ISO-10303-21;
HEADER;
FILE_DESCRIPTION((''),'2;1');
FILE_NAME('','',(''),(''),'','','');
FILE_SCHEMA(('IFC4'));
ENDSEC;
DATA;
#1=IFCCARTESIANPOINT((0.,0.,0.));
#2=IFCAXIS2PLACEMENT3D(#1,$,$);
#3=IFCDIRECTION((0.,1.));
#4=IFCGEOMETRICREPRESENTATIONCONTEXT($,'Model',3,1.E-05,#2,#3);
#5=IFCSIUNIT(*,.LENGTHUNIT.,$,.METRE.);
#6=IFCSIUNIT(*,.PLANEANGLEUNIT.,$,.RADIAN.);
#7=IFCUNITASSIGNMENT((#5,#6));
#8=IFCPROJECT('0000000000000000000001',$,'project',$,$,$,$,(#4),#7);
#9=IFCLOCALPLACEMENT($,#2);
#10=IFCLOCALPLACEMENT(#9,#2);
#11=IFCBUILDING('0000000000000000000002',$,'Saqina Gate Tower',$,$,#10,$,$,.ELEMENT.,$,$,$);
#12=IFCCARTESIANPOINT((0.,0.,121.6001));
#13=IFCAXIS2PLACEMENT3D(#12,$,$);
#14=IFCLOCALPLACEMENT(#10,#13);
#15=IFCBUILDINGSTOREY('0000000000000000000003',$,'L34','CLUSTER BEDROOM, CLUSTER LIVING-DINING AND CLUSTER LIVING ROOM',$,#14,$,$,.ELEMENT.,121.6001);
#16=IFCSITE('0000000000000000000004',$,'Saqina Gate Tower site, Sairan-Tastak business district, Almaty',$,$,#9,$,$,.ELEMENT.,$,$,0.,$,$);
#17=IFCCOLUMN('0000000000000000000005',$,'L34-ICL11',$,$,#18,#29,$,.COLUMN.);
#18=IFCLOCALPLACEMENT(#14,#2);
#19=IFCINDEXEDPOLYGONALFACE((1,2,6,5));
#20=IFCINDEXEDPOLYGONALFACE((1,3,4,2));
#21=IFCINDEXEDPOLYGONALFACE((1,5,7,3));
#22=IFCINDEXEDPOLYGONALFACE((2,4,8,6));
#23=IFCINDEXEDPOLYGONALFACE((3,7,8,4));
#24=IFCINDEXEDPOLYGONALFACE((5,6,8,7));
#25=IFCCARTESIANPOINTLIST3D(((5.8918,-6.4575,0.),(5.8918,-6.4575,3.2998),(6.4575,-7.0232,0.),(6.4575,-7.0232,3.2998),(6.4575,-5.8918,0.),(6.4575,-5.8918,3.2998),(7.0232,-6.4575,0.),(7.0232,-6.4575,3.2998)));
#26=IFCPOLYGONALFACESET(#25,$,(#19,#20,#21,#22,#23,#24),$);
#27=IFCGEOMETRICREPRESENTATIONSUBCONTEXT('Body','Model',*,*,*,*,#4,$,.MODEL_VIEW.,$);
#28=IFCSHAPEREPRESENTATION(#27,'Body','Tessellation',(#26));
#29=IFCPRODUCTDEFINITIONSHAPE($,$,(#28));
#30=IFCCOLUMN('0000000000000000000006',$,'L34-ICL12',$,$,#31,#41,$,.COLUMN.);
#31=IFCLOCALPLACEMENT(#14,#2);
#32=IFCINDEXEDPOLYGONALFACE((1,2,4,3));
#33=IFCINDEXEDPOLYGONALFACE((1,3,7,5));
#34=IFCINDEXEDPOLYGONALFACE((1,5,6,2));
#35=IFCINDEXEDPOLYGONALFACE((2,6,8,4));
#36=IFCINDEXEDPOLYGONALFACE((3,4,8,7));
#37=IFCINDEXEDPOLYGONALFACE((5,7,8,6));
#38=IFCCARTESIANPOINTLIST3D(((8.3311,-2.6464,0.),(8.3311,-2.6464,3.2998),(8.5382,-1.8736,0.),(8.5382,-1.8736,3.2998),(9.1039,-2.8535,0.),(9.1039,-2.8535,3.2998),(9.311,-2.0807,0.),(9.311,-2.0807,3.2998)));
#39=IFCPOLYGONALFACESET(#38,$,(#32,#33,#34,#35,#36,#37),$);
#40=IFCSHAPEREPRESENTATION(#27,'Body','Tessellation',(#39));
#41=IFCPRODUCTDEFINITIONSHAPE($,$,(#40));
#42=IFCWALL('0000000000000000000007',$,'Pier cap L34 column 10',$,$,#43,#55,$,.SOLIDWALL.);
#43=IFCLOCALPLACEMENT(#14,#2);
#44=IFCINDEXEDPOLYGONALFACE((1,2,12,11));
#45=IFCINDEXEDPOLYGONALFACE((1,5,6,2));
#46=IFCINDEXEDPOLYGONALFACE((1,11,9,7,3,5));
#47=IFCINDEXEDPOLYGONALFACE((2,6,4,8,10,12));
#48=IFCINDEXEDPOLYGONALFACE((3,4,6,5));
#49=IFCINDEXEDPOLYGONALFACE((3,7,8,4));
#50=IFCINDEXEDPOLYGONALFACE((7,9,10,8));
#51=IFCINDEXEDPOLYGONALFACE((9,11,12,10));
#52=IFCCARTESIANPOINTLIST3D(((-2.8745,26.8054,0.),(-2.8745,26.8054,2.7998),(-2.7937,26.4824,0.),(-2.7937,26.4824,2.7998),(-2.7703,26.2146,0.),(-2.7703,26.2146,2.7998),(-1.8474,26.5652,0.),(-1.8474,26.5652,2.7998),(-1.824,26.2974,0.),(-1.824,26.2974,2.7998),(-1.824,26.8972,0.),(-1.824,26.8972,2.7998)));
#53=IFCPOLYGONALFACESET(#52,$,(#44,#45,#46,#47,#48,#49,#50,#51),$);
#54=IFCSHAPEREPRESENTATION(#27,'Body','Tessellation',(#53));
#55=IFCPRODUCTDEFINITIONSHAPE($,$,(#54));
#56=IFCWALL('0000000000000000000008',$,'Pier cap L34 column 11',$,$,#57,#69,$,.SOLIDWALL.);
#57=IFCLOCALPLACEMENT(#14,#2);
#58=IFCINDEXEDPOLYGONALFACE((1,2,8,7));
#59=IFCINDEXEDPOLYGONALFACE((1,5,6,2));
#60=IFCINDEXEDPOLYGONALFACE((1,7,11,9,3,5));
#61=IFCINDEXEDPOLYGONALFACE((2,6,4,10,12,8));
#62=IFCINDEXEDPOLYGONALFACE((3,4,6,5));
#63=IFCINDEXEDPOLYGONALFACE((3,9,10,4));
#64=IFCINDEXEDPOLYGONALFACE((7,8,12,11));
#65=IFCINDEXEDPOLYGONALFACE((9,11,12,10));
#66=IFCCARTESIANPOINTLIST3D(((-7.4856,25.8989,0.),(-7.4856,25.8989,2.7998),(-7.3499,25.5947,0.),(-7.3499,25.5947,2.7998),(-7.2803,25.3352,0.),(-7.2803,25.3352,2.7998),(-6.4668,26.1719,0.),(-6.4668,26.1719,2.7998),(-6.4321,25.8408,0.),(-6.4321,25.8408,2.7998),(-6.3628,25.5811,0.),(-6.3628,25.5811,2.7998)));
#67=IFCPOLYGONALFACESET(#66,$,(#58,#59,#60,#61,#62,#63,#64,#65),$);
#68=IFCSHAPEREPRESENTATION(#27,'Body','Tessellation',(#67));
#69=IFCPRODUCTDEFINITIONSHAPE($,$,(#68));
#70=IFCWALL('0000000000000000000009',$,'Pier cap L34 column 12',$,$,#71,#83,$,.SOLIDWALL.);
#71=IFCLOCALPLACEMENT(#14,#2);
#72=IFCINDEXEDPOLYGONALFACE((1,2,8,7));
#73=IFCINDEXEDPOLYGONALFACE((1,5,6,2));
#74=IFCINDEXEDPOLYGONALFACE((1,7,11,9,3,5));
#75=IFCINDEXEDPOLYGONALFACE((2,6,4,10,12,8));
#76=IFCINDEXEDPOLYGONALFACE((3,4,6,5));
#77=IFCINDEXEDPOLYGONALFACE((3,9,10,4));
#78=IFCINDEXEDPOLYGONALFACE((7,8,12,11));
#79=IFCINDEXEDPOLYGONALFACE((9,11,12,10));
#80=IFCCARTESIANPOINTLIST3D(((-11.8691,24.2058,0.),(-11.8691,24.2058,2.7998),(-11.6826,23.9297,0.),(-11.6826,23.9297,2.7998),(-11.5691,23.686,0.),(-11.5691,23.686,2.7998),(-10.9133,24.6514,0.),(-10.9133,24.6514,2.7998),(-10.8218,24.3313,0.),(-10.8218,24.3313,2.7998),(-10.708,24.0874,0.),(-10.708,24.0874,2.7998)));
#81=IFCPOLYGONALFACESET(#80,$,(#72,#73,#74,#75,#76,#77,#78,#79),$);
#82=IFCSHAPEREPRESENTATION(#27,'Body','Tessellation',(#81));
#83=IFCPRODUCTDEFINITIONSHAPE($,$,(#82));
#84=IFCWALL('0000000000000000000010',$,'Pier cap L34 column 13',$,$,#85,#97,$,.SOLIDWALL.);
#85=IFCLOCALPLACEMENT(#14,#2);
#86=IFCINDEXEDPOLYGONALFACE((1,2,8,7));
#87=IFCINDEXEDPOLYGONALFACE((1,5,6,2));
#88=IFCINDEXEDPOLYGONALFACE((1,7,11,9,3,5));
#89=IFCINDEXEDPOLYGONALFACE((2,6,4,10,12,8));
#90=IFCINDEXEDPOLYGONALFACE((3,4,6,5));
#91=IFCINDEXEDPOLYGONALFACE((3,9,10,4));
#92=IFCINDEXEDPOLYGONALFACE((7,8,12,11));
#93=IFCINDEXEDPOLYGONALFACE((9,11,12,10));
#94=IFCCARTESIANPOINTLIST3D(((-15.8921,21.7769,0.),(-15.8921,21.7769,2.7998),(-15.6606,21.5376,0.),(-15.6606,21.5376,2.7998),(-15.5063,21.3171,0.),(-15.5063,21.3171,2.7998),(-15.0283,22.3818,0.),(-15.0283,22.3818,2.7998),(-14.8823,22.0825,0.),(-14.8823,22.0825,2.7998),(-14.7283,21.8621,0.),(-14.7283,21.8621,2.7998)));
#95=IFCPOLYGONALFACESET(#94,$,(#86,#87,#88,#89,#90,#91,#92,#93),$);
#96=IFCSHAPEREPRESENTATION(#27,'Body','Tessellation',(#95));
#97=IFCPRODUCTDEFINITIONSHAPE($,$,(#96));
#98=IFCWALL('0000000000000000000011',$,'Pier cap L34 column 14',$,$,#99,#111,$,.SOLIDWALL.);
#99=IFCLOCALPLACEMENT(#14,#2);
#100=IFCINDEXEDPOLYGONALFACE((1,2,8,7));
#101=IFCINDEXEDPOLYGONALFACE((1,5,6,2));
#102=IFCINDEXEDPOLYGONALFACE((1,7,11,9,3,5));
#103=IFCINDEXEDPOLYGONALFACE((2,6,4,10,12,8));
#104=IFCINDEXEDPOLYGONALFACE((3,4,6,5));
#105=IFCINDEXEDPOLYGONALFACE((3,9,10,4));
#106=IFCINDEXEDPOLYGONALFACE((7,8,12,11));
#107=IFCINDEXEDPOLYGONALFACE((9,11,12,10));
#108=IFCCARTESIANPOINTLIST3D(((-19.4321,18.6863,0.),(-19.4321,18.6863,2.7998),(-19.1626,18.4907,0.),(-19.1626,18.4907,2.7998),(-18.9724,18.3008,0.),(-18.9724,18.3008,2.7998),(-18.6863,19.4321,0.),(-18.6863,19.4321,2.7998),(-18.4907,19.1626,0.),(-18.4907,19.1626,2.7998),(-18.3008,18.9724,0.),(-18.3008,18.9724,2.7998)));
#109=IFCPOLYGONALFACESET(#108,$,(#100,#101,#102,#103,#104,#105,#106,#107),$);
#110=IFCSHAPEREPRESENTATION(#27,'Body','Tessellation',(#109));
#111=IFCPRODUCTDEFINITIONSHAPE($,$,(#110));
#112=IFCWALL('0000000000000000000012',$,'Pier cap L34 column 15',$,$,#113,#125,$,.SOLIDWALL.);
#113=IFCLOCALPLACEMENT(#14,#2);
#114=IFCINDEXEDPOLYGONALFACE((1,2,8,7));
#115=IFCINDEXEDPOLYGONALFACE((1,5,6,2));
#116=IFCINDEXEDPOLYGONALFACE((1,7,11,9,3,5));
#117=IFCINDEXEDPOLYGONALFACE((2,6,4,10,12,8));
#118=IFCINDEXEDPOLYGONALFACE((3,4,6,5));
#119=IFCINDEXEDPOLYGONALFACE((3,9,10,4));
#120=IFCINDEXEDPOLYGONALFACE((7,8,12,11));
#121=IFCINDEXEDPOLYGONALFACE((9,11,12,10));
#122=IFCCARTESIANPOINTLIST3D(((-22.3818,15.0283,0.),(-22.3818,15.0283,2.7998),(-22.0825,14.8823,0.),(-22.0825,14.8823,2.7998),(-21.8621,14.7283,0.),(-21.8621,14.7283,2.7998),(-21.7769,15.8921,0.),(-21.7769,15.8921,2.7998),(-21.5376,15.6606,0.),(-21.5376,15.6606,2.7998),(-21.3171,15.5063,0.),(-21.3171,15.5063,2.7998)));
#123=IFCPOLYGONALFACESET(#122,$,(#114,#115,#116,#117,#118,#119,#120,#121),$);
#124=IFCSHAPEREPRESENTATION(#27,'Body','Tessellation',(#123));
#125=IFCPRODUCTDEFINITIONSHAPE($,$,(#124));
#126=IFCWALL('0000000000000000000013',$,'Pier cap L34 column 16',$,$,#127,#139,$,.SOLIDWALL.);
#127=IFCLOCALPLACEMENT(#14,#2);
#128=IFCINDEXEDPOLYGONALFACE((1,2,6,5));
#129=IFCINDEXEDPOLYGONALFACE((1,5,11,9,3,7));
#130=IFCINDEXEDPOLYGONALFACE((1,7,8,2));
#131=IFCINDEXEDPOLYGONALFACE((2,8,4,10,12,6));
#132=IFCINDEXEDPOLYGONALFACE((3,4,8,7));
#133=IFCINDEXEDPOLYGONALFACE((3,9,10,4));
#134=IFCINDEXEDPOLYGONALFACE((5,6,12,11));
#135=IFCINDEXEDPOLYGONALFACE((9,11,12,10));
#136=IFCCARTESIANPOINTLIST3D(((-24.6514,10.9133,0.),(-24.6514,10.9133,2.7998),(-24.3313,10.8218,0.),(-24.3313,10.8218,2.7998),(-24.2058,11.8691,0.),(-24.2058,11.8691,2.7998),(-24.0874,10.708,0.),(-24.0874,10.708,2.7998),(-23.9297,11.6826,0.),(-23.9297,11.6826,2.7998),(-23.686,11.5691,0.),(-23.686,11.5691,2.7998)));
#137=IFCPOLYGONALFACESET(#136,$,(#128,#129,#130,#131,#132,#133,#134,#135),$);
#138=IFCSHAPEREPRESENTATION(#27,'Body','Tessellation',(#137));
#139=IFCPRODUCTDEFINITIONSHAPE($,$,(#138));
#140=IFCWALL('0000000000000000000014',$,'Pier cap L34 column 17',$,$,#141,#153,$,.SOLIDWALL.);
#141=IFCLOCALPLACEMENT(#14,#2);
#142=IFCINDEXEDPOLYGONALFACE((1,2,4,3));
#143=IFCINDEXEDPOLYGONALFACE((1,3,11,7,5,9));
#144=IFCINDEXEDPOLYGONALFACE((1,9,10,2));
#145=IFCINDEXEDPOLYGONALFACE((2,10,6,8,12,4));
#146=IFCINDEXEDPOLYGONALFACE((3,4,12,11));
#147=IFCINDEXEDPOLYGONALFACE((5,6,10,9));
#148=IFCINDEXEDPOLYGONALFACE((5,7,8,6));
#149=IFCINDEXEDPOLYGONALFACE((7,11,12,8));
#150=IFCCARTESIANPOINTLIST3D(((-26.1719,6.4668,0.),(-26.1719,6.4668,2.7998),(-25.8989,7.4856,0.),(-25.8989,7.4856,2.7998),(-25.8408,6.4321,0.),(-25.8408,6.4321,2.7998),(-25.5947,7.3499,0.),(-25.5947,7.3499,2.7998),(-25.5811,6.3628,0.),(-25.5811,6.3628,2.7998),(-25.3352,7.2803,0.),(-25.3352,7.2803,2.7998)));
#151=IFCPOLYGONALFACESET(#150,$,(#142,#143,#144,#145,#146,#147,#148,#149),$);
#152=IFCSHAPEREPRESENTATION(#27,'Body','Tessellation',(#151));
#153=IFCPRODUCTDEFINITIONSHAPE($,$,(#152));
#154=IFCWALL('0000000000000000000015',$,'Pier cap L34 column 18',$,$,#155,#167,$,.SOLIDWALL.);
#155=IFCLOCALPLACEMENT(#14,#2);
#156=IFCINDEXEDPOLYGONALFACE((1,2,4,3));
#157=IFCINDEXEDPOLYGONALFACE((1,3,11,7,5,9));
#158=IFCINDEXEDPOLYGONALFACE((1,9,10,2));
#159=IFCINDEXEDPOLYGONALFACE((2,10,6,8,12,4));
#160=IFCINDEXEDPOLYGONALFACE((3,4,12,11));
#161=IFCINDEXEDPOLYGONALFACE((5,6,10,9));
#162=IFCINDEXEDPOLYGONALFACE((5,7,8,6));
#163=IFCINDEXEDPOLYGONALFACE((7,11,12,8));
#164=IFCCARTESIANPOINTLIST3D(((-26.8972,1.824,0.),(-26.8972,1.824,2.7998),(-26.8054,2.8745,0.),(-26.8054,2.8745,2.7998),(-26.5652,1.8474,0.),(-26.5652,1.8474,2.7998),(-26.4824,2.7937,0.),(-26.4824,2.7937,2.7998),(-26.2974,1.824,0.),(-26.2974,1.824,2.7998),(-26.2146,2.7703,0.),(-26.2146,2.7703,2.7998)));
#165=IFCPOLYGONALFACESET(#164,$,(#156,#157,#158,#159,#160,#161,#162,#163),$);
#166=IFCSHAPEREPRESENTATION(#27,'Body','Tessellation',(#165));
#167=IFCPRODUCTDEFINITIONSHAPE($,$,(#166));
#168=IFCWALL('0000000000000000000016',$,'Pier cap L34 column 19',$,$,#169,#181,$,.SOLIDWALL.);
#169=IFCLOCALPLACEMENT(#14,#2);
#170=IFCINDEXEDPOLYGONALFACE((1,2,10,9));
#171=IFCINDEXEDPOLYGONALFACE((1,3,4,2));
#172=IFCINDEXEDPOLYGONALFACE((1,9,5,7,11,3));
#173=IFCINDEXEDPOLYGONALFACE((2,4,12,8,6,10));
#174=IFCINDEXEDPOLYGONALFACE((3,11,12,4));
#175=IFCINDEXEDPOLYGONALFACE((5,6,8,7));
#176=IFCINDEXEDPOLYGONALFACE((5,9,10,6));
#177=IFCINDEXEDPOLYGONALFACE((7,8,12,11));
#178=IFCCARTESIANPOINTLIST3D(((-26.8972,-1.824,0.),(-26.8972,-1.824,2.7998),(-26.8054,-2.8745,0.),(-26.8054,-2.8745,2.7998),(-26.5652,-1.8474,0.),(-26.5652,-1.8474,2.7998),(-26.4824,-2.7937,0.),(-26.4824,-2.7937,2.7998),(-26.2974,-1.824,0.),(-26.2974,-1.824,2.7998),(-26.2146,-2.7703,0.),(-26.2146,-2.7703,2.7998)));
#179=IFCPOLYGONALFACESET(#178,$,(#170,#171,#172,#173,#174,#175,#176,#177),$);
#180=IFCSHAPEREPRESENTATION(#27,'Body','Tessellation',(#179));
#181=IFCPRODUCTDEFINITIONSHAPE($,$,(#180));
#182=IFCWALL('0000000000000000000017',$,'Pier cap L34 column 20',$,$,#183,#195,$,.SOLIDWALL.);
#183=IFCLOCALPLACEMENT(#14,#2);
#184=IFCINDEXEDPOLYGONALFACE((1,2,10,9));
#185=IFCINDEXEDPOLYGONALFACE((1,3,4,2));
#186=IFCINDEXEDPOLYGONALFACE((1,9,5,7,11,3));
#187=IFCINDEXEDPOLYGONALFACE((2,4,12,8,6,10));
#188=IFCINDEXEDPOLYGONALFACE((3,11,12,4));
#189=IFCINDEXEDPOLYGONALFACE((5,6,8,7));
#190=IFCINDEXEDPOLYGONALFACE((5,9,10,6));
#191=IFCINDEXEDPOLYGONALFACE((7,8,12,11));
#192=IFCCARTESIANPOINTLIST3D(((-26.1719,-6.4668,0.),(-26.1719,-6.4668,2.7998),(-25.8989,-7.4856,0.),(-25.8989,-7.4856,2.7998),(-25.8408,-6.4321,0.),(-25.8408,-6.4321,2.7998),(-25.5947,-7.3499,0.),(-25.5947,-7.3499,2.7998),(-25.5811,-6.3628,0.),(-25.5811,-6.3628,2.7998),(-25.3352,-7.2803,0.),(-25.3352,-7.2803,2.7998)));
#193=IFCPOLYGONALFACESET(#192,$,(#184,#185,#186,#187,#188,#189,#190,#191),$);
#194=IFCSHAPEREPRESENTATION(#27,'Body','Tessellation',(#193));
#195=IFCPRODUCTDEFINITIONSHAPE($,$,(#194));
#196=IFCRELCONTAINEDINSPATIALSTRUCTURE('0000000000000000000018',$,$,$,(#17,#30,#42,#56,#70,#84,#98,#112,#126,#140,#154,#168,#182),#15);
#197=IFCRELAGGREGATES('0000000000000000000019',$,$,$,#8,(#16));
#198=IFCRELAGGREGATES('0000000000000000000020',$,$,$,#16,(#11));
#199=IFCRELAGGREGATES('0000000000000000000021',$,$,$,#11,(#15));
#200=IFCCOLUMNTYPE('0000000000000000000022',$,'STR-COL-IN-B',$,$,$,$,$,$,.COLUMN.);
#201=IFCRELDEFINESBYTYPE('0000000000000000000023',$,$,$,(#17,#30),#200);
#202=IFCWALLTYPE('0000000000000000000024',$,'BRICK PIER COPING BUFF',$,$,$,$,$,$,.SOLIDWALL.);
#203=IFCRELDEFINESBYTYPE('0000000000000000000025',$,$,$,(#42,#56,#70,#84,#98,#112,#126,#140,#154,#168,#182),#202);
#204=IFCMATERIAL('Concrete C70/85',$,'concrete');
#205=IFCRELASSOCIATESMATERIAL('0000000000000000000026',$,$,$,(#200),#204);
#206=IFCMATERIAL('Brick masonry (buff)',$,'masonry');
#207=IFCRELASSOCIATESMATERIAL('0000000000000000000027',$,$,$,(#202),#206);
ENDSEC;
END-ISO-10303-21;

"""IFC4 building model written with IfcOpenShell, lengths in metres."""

from ifc_helpers import new_model, si_unit, direction, frame, origin, origin_2d, place, context, subcontext, project, spatial, polyline, rectangle, outline, extrude, material, material_profile, profile_set, type_object, element, save


model = new_model("IFC4")

# Units and contexts
model_context = context("Model", 3, precision=1e-05, world=origin(), true_north=direction((0.0, 1.0)))
body_context = subcontext(model_context, "Body", "Model", "MODEL_VIEW")
ifc_project = project(units=[si_unit("LENGTHUNIT", "METRE"), si_unit("PLANEANGLEUNIT", "RADIAN")], contexts=[model_context])

# Site, building, storey
site_placement = place(None, origin())
site = spatial("IfcSite", under=ifc_project, at=site_placement, Name="Saqina Gate Tower site, Sairan-Tastak business district, Almaty", CompositionType="ELEMENT", RefElevation=0.0)
building_placement = place(site_placement, origin())
building = spatial("IfcBuilding", under=site, at=building_placement, Name="Saqina Gate Tower", CompositionType="ELEMENT")
storey_placement = place(building_placement, frame((0.0, 0.0, 121.6001)))
storey = spatial("IfcBuildingStorey", under=building, at=storey_placement, Name="L34", Description="CLUSTER BEDROOM, CLUSTER LIVING-DINING AND CLUSTER LIVING ROOM", CompositionType="ELEMENT", Elevation=121.6001)

# Columns
ifc_material_1 = material(Name="Concrete C70/85", Category="concrete")
ifc_material_profile = material_profile(ifc_material_1, rectangle(XDim=0.8, YDim=0.8, at=origin_2d()), Name="RC 800x800")
ifc_profile_set = profile_set([ifc_material_profile], Name="Concrete C70/85")
column_type = type_object("IfcColumnType", Name="STR-COL-IN-B", PredefinedType="COLUMN", material=ifc_profile_set)
for number, where, z_axis, x_axis, name in (
    (1, (6.4575, -6.4575, 0.0), (0.0, 0.0, 1.0), (0.707107, -0.707107, 0.0), "L34-ICL11"),
    (2, (8.821, -2.3635, 0.0), (0.0, 0.0, 1.0), (0.965926, -0.258819, 0.0), "L34-ICL12"),
):
    element("IfcColumn", number, at=place(storey_placement, frame(where, z_axis=z_axis, x_axis=x_axis)), inside=storey, type_object=column_type, Name=name, PredefinedType="COLUMN", context=body_context, shape_type="SweptSolid", body=[
        extrude(rectangle(XDim=0.8, YDim=0.8, at=origin_2d()), origin(), (0.0, 0.0, 1.0), 3.2998),
    ])

# Walls
ifc_material_2 = material(Name="Brick masonry (buff)", Category="masonry")
wall_type_1 = type_object("IfcWallType", Name="BRICK PIER COPING BUFF", PredefinedType="SOLIDWALL", material=ifc_material_2)
wall_1_placement = place(storey_placement, origin())
element("IfcWall", 3, at=wall_1_placement, inside=storey, type_object=wall_type_1, Name="Pier cap L34 column 10", PredefinedType="SOLIDWALL", context=body_context, shape_type="SweptSolid", body=[
    extrude(outline(polyline([(-2.8745, 26.8054), (-2.7703, 26.2146), (-2.7937, 26.4824), (-1.8474, 26.5652), (-1.824, 26.2974), (-1.824, 26.8972), (-2.8745, 26.8054)])), origin(), (0.0, 0.0, 1.0), 2.7998),
])
wall_2_placement = place(storey_placement, origin())
element("IfcWall", 4, at=wall_2_placement, inside=storey, type_object=wall_type_1, Name="Pier cap L34 column 11", PredefinedType="SOLIDWALL", context=body_context, shape_type="SweptSolid", body=[
    extrude(outline(polyline([(-6.4668, 26.1719), (-7.4856, 25.8989), (-7.2803, 25.3352), (-7.3499, 25.5947), (-6.4321, 25.8408), (-6.3628, 25.5811), (-6.4668, 26.1719)])), origin(), (0.0, 0.0, 1.0), 2.7998),
])
wall_3_placement = place(storey_placement, origin())
element("IfcWall", 5, at=wall_3_placement, inside=storey, type_object=wall_type_1, Name="Pier cap L34 column 12", PredefinedType="SOLIDWALL", context=body_context, shape_type="SweptSolid", body=[
    extrude(outline(polyline([(-10.9133, 24.6514), (-11.8691, 24.2058), (-11.5691, 23.686), (-11.6826, 23.9297), (-10.8218, 24.3313), (-10.708, 24.0874), (-10.9133, 24.6514)])), origin(), (0.0, 0.0, 1.0), 2.7998),
])
wall_4_placement = place(storey_placement, origin())
element("IfcWall", 6, at=wall_4_placement, inside=storey, type_object=wall_type_1, Name="Pier cap L34 column 13", PredefinedType="SOLIDWALL", context=body_context, shape_type="SweptSolid", body=[
    extrude(outline(polyline([(-15.8921, 21.7769), (-15.5063, 21.3171), (-15.6606, 21.5376), (-14.8823, 22.0825), (-14.7283, 21.8621), (-15.0283, 22.3818), (-15.8921, 21.7769)])), origin(), (0.0, 0.0, 1.0), 2.7998),
])
wall_5_placement = place(storey_placement, origin())
element("IfcWall", 7, at=wall_5_placement, inside=storey, type_object=wall_type_1, Name="Pier cap L34 column 14", PredefinedType="SOLIDWALL", context=body_context, shape_type="SweptSolid", body=[
    extrude(outline(polyline([(-18.6863, 19.4321), (-19.4321, 18.6863), (-18.9724, 18.3008), (-19.1626, 18.4907), (-18.4907, 19.1626), (-18.3008, 18.9724), (-18.6863, 19.4321)])), origin(), (0.0, 0.0, 1.0), 2.7998),
])
wall_6_placement = place(storey_placement, origin())
element("IfcWall", 8, at=wall_6_placement, inside=storey, type_object=wall_type_1, Name="Pier cap L34 column 15", PredefinedType="SOLIDWALL", context=body_context, shape_type="SweptSolid", body=[
    extrude(outline(polyline([(-22.3818, 15.0283), (-21.8621, 14.7283), (-22.0825, 14.8823), (-21.5376, 15.6606), (-21.3171, 15.5063), (-21.7769, 15.8921), (-22.3818, 15.0283)])), origin(), (0.0, 0.0, 1.0), 2.7998),
])
wall_7_placement = place(storey_placement, origin())
element("IfcWall", 9, at=wall_7_placement, inside=storey, type_object=wall_type_1, Name="Pier cap L34 column 16", PredefinedType="SOLIDWALL", context=body_context, shape_type="SweptSolid", body=[
    extrude(outline(polyline([(-24.6514, 10.9133), (-24.0874, 10.708), (-24.3313, 10.8218), (-23.9297, 11.6826), (-23.686, 11.5691), (-24.2058, 11.8691), (-24.6514, 10.9133)])), origin(), (0.0, 0.0, 1.0), 2.7998),
])
wall_8_placement = place(storey_placement, origin())
element("IfcWall", 10, at=wall_8_placement, inside=storey, type_object=wall_type_1, Name="Pier cap L34 column 17", PredefinedType="SOLIDWALL", context=body_context, shape_type="SweptSolid", body=[
    extrude(outline(polyline([(-25.8989, 7.4856), (-26.1719, 6.4668), (-25.5811, 6.3628), (-25.8408, 6.4321), (-25.5947, 7.3499), (-25.3352, 7.2803), (-25.8989, 7.4856)])), origin(), (0.0, 0.0, 1.0), 2.7998),
])
wall_9_placement = place(storey_placement, origin())
element("IfcWall", 11, at=wall_9_placement, inside=storey, type_object=wall_type_1, Name="Pier cap L34 column 18", PredefinedType="SOLIDWALL", context=body_context, shape_type="SweptSolid", body=[
    extrude(outline(polyline([(-26.8054, 2.8745), (-26.8972, 1.824), (-26.2974, 1.824), (-26.5652, 1.8474), (-26.4824, 2.7937), (-26.2146, 2.7703), (-26.8054, 2.8745)])), origin(), (0.0, 0.0, 1.0), 2.7998),
])
wall_10_placement = place(storey_placement, origin())
element("IfcWall", 12, at=wall_10_placement, inside=storey, type_object=wall_type_1, Name="Pier cap L34 column 19", PredefinedType="SOLIDWALL", context=body_context, shape_type="SweptSolid", body=[
    extrude(outline(polyline([(-26.8054, -2.8745), (-26.2146, -2.7703), (-26.4824, -2.7937), (-26.5652, -1.8474), (-26.2974, -1.824), (-26.8972, -1.824), (-26.8054, -2.8745)])), origin(), (0.0, 0.0, 1.0), 2.7998),
])
wall_11_placement = place(storey_placement, origin())
element("IfcWall", 13, at=wall_11_placement, inside=storey, type_object=wall_type_1, Name="Pier cap L34 column 20", PredefinedType="SOLIDWALL", context=body_context, shape_type="SweptSolid", body=[
    extrude(outline(polyline([(-26.1719, -6.4668), (-25.8989, -7.4856), (-25.3352, -7.2803), (-25.5947, -7.3499), (-25.8408, -6.4321), (-25.5811, -6.3628), (-26.1719, -6.4668)])), origin(), (0.0, 0.0, 1.0), 2.7998),
])

save(model, "model.ifc")
